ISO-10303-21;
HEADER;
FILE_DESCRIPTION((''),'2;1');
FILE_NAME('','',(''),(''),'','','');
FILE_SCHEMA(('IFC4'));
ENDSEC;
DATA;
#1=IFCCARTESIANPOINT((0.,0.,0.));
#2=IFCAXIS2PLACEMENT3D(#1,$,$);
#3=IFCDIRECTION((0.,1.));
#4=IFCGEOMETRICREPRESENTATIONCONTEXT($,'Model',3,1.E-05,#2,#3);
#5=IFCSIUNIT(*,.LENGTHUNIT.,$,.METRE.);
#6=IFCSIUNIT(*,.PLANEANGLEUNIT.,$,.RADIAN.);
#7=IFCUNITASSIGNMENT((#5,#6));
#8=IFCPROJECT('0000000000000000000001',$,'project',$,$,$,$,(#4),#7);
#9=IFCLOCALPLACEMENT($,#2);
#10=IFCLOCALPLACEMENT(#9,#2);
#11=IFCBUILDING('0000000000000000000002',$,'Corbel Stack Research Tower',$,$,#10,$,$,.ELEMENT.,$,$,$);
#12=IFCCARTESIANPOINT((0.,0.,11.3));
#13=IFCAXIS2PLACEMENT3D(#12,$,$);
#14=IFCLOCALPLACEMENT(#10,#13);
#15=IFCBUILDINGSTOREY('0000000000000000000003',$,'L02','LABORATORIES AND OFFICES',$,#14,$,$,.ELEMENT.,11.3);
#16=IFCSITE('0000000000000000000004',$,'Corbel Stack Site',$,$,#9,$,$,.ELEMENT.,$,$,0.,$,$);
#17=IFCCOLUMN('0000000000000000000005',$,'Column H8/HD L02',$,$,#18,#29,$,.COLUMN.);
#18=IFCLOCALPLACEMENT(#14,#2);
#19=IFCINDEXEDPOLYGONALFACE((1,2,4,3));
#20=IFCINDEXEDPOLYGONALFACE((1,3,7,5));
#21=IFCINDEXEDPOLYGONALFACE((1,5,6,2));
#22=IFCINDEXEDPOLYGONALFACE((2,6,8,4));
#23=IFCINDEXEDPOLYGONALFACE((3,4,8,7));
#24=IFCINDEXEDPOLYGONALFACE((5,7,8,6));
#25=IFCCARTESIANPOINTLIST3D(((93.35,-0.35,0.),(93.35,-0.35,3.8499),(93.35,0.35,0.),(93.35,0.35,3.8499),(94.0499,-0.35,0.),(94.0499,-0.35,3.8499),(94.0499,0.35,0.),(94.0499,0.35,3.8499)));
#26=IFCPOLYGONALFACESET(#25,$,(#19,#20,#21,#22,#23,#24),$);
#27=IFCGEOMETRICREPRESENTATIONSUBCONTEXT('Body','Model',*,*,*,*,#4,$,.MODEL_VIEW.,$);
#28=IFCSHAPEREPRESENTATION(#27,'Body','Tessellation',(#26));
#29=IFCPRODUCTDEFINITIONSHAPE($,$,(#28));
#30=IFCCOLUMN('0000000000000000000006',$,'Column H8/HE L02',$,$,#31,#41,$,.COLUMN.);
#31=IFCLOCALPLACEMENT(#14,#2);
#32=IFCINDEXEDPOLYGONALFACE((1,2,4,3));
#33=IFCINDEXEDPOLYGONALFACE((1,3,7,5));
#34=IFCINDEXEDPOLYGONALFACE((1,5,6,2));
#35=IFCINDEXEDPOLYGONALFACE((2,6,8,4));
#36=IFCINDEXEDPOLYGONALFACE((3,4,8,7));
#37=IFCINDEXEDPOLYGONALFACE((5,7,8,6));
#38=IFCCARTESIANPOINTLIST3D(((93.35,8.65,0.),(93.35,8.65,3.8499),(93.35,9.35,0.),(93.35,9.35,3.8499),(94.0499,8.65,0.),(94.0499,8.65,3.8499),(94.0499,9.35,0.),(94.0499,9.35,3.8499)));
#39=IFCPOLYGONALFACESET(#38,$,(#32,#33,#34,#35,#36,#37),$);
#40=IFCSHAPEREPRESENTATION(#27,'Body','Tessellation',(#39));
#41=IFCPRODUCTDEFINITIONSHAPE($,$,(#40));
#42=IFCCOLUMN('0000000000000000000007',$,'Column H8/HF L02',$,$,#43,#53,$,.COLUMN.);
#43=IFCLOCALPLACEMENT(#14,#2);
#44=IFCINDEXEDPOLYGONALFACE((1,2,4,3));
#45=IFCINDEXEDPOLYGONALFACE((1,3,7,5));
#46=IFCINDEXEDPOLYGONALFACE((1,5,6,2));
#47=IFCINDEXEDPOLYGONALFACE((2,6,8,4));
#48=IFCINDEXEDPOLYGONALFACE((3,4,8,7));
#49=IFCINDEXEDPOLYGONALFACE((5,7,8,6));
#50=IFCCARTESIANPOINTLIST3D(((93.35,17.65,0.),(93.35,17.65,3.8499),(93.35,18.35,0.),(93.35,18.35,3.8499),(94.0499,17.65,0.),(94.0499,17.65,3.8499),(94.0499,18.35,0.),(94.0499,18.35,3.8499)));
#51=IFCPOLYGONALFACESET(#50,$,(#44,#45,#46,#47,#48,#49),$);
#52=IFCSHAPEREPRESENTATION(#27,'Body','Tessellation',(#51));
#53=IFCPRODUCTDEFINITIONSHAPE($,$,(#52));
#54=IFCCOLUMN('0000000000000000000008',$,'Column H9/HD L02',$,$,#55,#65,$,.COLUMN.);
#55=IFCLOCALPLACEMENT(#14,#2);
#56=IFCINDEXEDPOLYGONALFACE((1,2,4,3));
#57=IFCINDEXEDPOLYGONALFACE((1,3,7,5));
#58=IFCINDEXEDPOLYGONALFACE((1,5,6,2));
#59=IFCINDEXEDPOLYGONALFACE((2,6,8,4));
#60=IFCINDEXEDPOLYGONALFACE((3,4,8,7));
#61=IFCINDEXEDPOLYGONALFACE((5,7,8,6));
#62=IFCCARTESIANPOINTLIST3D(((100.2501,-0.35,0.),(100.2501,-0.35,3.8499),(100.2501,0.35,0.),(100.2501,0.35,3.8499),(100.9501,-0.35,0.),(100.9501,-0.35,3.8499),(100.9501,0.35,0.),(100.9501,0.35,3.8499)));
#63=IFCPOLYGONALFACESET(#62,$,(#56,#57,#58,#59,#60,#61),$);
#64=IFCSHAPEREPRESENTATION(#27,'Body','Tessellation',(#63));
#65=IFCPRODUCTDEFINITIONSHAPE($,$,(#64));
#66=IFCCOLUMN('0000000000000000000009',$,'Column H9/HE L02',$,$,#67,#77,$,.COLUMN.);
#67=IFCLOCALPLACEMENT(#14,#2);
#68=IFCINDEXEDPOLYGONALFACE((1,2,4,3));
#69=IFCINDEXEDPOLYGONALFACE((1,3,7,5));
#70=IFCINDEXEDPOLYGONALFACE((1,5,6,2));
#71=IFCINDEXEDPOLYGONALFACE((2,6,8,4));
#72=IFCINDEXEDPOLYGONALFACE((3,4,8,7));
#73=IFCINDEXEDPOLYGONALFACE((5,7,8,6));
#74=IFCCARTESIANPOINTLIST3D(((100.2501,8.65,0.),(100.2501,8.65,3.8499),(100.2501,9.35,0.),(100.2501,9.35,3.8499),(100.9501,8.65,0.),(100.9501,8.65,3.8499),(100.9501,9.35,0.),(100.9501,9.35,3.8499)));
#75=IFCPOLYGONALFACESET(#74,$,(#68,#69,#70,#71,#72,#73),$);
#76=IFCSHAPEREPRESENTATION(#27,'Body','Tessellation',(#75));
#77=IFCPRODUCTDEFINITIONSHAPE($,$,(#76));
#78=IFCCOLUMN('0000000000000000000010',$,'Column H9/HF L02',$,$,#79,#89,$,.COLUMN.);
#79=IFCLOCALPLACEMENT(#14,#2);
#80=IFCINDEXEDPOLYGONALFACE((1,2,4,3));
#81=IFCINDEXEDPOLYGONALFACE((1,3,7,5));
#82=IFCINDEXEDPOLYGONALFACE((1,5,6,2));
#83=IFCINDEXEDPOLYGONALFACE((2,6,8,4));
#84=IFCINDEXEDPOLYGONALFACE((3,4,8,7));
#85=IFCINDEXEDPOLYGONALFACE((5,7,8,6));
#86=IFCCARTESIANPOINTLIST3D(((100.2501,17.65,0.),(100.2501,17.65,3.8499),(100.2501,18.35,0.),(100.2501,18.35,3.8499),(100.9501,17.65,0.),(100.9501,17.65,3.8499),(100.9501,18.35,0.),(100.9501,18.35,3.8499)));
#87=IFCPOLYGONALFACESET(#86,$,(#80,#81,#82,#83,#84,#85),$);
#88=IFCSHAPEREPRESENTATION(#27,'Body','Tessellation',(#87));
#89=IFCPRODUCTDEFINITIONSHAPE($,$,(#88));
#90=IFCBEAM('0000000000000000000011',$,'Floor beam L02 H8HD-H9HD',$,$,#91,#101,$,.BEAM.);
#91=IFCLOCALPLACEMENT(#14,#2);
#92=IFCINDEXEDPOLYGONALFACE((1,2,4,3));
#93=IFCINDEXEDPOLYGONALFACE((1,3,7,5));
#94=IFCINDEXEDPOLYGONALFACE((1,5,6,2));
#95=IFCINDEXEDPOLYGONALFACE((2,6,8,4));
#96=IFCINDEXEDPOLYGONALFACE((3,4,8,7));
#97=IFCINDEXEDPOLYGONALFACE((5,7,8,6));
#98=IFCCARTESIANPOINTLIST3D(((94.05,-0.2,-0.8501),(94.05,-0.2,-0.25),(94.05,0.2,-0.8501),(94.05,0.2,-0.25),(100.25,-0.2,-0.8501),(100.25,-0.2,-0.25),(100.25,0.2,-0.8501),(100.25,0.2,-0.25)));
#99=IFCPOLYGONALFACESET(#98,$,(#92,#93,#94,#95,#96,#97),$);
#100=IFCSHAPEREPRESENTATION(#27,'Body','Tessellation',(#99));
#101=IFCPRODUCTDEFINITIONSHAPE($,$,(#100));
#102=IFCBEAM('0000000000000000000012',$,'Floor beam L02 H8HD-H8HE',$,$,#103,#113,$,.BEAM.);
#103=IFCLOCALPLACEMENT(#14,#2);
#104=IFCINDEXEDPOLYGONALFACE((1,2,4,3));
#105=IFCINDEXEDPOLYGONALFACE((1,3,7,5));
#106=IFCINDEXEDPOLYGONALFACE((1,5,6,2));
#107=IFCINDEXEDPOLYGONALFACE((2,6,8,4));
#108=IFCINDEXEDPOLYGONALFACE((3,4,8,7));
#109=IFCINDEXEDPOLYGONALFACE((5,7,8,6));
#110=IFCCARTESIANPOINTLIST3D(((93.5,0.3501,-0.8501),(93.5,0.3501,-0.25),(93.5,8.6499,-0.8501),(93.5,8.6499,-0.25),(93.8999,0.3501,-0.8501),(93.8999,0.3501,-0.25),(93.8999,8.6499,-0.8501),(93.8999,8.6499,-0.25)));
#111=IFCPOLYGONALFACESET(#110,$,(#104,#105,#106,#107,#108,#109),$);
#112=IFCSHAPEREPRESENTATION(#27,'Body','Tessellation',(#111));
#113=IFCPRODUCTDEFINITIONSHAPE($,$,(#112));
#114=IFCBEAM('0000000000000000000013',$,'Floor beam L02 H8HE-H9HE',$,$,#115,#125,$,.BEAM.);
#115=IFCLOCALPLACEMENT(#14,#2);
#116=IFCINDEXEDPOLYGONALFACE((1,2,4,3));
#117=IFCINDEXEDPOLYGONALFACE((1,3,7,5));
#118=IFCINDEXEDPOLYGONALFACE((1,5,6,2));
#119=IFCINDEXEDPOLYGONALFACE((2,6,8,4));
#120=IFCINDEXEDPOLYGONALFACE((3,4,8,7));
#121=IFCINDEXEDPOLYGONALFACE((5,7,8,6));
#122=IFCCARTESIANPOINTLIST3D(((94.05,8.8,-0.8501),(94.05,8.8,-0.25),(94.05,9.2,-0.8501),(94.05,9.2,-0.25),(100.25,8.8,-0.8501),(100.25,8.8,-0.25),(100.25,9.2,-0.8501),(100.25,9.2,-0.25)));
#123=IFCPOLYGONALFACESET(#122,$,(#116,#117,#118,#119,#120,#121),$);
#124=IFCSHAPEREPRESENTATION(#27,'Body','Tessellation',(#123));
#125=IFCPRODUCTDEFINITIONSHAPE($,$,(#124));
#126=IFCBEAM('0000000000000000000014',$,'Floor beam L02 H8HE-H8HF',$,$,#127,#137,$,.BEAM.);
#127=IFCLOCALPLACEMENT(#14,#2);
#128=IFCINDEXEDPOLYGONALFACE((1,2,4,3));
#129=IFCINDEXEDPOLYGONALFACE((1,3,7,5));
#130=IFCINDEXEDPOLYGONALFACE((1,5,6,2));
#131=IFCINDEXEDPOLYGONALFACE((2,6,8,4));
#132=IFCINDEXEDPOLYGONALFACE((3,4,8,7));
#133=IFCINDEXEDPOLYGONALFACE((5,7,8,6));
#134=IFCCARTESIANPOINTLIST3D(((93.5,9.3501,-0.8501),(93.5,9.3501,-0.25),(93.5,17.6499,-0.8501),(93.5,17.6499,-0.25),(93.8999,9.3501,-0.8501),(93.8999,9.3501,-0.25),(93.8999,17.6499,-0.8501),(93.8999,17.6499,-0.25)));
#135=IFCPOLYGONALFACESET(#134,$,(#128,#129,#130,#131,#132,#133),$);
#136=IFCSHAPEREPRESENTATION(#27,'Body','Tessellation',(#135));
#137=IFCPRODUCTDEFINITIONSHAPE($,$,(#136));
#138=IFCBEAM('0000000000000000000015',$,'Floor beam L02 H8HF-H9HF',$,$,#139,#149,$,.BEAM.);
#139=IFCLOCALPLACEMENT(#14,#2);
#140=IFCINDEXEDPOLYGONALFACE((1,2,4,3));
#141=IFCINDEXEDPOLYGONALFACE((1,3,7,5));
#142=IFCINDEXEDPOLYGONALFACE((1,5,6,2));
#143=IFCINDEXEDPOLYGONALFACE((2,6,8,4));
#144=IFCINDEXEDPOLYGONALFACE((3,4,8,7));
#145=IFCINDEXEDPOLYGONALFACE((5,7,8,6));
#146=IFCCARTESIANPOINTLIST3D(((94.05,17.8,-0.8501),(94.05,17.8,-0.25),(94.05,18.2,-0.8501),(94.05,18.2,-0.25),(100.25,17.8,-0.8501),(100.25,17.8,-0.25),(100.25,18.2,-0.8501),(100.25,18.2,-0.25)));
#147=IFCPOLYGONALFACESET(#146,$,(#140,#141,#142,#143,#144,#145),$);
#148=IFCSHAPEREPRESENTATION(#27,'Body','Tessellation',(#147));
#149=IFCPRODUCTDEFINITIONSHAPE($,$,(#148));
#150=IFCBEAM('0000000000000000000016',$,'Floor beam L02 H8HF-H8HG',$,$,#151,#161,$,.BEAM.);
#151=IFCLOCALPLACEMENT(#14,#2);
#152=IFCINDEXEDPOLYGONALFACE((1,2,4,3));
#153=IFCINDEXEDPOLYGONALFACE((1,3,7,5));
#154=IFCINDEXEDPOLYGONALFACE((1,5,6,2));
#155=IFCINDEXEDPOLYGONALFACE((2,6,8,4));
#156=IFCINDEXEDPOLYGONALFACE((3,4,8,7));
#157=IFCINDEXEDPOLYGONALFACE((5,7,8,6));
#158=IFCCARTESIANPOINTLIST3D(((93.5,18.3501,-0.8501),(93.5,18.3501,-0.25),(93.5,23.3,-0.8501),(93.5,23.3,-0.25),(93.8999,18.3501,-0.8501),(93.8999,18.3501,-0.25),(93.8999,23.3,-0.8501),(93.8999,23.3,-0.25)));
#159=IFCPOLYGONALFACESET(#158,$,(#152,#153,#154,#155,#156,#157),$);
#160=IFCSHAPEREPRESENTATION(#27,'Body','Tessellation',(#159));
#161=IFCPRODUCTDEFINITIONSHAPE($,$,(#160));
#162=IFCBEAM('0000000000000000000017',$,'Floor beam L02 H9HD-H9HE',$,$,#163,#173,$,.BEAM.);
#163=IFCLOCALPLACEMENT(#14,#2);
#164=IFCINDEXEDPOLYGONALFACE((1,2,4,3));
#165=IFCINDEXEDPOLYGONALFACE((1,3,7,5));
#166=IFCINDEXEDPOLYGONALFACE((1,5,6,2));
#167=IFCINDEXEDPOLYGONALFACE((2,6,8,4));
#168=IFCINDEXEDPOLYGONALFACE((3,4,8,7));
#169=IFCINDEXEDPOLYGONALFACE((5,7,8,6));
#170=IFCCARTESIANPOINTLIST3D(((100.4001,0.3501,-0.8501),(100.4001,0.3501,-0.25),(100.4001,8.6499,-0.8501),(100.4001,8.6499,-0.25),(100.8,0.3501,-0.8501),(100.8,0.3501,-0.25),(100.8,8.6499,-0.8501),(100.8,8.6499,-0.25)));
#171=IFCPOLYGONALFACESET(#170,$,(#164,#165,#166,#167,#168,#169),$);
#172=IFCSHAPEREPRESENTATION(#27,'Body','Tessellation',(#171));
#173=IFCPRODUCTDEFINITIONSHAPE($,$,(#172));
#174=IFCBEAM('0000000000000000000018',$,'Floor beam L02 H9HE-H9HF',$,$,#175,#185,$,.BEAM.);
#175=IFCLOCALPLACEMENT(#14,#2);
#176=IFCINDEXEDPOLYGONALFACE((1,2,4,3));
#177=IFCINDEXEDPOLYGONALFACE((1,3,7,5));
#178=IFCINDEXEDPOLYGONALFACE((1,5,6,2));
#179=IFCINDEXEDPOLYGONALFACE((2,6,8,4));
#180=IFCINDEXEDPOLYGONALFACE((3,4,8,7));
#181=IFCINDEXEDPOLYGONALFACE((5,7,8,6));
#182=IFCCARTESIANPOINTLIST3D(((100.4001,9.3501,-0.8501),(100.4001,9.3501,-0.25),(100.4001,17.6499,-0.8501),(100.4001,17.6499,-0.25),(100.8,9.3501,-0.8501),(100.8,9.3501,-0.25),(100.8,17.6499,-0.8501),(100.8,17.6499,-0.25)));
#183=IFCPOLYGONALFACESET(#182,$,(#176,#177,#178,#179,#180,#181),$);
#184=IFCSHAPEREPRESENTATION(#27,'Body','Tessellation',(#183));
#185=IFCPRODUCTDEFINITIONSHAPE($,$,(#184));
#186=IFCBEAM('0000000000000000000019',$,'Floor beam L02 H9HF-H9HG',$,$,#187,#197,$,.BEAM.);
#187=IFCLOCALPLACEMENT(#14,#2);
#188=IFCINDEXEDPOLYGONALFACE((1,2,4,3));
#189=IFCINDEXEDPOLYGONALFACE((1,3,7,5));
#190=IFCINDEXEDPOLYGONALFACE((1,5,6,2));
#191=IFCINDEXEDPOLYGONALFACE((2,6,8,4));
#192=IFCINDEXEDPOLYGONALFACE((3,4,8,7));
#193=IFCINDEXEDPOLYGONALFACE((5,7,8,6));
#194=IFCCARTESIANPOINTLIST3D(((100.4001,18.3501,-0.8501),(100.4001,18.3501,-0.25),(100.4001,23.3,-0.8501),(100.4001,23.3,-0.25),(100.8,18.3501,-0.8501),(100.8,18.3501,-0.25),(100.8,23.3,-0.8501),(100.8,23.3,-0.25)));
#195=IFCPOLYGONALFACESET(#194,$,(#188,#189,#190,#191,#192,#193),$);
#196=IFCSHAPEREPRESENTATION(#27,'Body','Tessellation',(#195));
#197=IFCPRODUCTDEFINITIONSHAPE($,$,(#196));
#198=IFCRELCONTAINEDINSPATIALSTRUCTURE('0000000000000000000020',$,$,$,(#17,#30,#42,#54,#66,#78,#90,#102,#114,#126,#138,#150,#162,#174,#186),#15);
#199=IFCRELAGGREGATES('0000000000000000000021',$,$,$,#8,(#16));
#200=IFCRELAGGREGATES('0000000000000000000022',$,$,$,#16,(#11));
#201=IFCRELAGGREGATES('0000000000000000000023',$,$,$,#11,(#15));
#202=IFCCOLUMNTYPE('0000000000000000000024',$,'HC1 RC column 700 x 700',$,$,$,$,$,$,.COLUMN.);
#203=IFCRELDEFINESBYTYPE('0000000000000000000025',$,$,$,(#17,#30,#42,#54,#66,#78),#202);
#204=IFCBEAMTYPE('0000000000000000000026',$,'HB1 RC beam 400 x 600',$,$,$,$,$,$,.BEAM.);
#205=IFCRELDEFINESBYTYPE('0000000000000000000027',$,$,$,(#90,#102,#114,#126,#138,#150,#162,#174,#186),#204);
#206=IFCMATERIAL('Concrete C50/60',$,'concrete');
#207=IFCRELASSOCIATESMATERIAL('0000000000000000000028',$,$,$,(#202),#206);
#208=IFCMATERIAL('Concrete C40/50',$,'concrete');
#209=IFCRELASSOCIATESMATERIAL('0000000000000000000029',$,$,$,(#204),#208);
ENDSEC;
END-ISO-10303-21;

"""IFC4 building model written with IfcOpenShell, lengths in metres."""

from ifc_helpers import new_model, si_unit, direction, frame, origin, origin_2d, place, context, subcontext, project, spatial, rectangle, extrude, material, material_profile, profile_set, type_object, element, save


model = new_model("IFC4")

# Units and contexts
model_context = context("Model", 3, precision=1e-05, world=origin(), true_north=direction((0.0, 1.0)))
body_context = subcontext(model_context, "Body", "Model", "MODEL_VIEW")
ifc_project = project(units=[si_unit("LENGTHUNIT", "METRE"), si_unit("PLANEANGLEUNIT", "RADIAN")], contexts=[model_context])

# Site, building, storey
site_placement = place(None, origin())
site = spatial("IfcSite", under=ifc_project, at=site_placement, Name="Corbel Stack Site", CompositionType="ELEMENT", RefElevation=0.0)
building_placement = place(site_placement, origin())
building = spatial("IfcBuilding", under=site, at=building_placement, Name="Corbel Stack Research Tower", CompositionType="ELEMENT")
storey_placement = place(building_placement, frame((0.0, 0.0, 11.3)))
storey = spatial("IfcBuildingStorey", under=building, at=storey_placement, Name="L02", Description="LABORATORIES AND OFFICES", CompositionType="ELEMENT", Elevation=11.3)

# Columns
ifc_material_1 = material(Name="Concrete C50/60", Category="concrete")
ifc_material_profile_1 = material_profile(ifc_material_1, rectangle(XDim=0.7, YDim=0.7, at=origin_2d()), Name="RC 700 x 700")
ifc_profile_set_1 = profile_set([ifc_material_profile_1], Name="Concrete C50/60")
column_type = type_object("IfcColumnType", Name="HC1 RC column 700 x 700", PredefinedType="COLUMN", material=ifc_profile_set_1)
for number, where, z_axis, x_axis, name in (
    (1, (93.7, 0.0, 0.0), (0.0, 0.0, 1.0), (1.0, 0.0, 0.0), "Column H8/HD L02"),
    (2, (93.7, 9.0, 0.0), (0.0, 0.0, 1.0), (1.0, 0.0, 0.0), "Column H8/HE L02"),
    (3, (93.7, 18.0, 0.0), (0.0, 0.0, 1.0), (1.0, 0.0, 0.0), "Column H8/HF L02"),
    (4, (100.6001, 0.0, 0.0), (0.0, 0.0, 1.0), (1.0, 0.0, 0.0), "Column H9/HD L02"),
    (5, (100.6001, 9.0, 0.0), (0.0, 0.0, 1.0), (1.0, 0.0, 0.0), "Column H9/HE L02"),
    (6, (100.6001, 18.0, 0.0), (0.0, 0.0, 1.0), (1.0, 0.0, 0.0), "Column H9/HF L02"),
):
    element("IfcColumn", number, at=place(storey_placement, frame(where, z_axis=z_axis, x_axis=x_axis)), inside=storey, type_object=column_type, Name=name, PredefinedType="COLUMN", context=body_context, shape_type="SweptSolid", body=[
        extrude(rectangle(XDim=0.7, YDim=0.7, at=origin_2d()), origin(), (0.0, 0.0, 1.0), 3.8499),
    ])

# Beams
ifc_material_2 = material(Name="Concrete C40/50", Category="concrete")
ifc_material_profile_2 = material_profile(ifc_material_2, rectangle(XDim=0.3999, YDim=0.6001, at=origin_2d()), Name="RC 400 x 600")
ifc_profile_set_2 = profile_set([ifc_material_profile_2], Name="Concrete C40/50")
beam_type = type_object("IfcBeamType", Name="HB1 RC beam 400 x 600", PredefinedType="BEAM", material=ifc_profile_set_2)
beam_1_placement = place(storey_placement, frame((94.05, 0.0, -0.55), z_axis=(1.0, 0.0, 0.0), x_axis=(0.0, 1.0, 0.0)))
element("IfcBeam", 7, at=beam_1_placement, inside=storey, type_object=beam_type, Name="Floor beam L02 H8HD-H9HD", PredefinedType="BEAM", context=body_context, shape_type="SweptSolid", body=[
    extrude(rectangle(XDim=0.3999, YDim=0.6001, at=origin_2d()), origin(), (0.0, 0.0, 1.0), 6.2),
])
beam_2_placement = place(storey_placement, frame((93.7, 0.3501, -0.55), z_axis=(0.0, 1.0, 0.0), x_axis=(-1.0, 0.0, 0.0)))
element("IfcBeam", 8, at=beam_2_placement, inside=storey, type_object=beam_type, Name="Floor beam L02 H8HD-H8HE", PredefinedType="BEAM", context=body_context, shape_type="SweptSolid", body=[
    extrude(rectangle(XDim=0.3999, YDim=0.6001, at=origin_2d()), origin(), (0.0, 0.0, 1.0), 8.2998),
])
beam_3_placement = place(storey_placement, frame((94.05, 9.0, -0.55), z_axis=(1.0, 0.0, 0.0), x_axis=(0.0, 1.0, 0.0)))
element("IfcBeam", 9, at=beam_3_placement, inside=storey, type_object=beam_type, Name="Floor beam L02 H8HE-H9HE", PredefinedType="BEAM", context=body_context, shape_type="SweptSolid", body=[
    extrude(rectangle(XDim=0.3999, YDim=0.6001, at=origin_2d()), origin(), (0.0, 0.0, 1.0), 6.2),
])
beam_4_placement = place(storey_placement, frame((93.7, 9.3501, -0.55), z_axis=(0.0, 1.0, 0.0), x_axis=(-1.0, 0.0, 0.0)))
element("IfcBeam", 10, at=beam_4_placement, inside=storey, type_object=beam_type, Name="Floor beam L02 H8HE-H8HF", PredefinedType="BEAM", context=body_context, shape_type="SweptSolid", body=[
    extrude(rectangle(XDim=0.3999, YDim=0.6001, at=origin_2d()), origin(), (0.0, 0.0, 1.0), 8.2998),
])
beam_5_placement = place(storey_placement, frame((94.05, 18.0, -0.55), z_axis=(1.0, 0.0, 0.0), x_axis=(0.0, 1.0, 0.0)))
element("IfcBeam", 11, at=beam_5_placement, inside=storey, type_object=beam_type, Name="Floor beam L02 H8HF-H9HF", PredefinedType="BEAM", context=body_context, shape_type="SweptSolid", body=[
    extrude(rectangle(XDim=0.3999, YDim=0.6001, at=origin_2d()), origin(), (0.0, 0.0, 1.0), 6.2),
])
beam_6_placement = place(storey_placement, frame((93.7, 18.3501, -0.55), z_axis=(0.0, 1.0, 0.0), x_axis=(-1.0, 0.0, 0.0)))
element("IfcBeam", 12, at=beam_6_placement, inside=storey, type_object=beam_type, Name="Floor beam L02 H8HF-H8HG", PredefinedType="BEAM", context=body_context, shape_type="SweptSolid", body=[
    extrude(rectangle(XDim=0.3999, YDim=0.6001, at=origin_2d()), origin(), (0.0, 0.0, 1.0), 4.95),
])
for number, where, z_axis, x_axis, name in (
    (13, (100.6001, 0.3501, -0.55), (0.0, 1.0, 0.0), (-1.0, 0.0, 0.0), "Floor beam L02 H9HD-H9HE"),
    (14, (100.6001, 9.3501, -0.55), (0.0, 1.0, 0.0), (-1.0, 0.0, 0.0), "Floor beam L02 H9HE-H9HF"),
):
    element("IfcBeam", number, at=place(storey_placement, frame(where, z_axis=z_axis, x_axis=x_axis)), inside=storey, type_object=beam_type, Name=name, PredefinedType="BEAM", context=body_context, shape_type="SweptSolid", body=[
        extrude(rectangle(XDim=0.3999, YDim=0.6001, at=origin_2d()), origin(), (0.0, 0.0, 1.0), 8.2998),
    ])
beam_7_placement = place(storey_placement, frame((100.6001, 18.3501, -0.55), z_axis=(0.0, 1.0, 0.0), x_axis=(-1.0, 0.0, 0.0)))
element("IfcBeam", 15, at=beam_7_placement, inside=storey, type_object=beam_type, Name="Floor beam L02 H9HF-H9HG", PredefinedType="BEAM", context=body_context, shape_type="SweptSolid", body=[
    extrude(rectangle(XDim=0.3999, YDim=0.6001, at=origin_2d()), origin(), (0.0, 0.0, 1.0), 4.95),
])

save(model, "model.ifc")
